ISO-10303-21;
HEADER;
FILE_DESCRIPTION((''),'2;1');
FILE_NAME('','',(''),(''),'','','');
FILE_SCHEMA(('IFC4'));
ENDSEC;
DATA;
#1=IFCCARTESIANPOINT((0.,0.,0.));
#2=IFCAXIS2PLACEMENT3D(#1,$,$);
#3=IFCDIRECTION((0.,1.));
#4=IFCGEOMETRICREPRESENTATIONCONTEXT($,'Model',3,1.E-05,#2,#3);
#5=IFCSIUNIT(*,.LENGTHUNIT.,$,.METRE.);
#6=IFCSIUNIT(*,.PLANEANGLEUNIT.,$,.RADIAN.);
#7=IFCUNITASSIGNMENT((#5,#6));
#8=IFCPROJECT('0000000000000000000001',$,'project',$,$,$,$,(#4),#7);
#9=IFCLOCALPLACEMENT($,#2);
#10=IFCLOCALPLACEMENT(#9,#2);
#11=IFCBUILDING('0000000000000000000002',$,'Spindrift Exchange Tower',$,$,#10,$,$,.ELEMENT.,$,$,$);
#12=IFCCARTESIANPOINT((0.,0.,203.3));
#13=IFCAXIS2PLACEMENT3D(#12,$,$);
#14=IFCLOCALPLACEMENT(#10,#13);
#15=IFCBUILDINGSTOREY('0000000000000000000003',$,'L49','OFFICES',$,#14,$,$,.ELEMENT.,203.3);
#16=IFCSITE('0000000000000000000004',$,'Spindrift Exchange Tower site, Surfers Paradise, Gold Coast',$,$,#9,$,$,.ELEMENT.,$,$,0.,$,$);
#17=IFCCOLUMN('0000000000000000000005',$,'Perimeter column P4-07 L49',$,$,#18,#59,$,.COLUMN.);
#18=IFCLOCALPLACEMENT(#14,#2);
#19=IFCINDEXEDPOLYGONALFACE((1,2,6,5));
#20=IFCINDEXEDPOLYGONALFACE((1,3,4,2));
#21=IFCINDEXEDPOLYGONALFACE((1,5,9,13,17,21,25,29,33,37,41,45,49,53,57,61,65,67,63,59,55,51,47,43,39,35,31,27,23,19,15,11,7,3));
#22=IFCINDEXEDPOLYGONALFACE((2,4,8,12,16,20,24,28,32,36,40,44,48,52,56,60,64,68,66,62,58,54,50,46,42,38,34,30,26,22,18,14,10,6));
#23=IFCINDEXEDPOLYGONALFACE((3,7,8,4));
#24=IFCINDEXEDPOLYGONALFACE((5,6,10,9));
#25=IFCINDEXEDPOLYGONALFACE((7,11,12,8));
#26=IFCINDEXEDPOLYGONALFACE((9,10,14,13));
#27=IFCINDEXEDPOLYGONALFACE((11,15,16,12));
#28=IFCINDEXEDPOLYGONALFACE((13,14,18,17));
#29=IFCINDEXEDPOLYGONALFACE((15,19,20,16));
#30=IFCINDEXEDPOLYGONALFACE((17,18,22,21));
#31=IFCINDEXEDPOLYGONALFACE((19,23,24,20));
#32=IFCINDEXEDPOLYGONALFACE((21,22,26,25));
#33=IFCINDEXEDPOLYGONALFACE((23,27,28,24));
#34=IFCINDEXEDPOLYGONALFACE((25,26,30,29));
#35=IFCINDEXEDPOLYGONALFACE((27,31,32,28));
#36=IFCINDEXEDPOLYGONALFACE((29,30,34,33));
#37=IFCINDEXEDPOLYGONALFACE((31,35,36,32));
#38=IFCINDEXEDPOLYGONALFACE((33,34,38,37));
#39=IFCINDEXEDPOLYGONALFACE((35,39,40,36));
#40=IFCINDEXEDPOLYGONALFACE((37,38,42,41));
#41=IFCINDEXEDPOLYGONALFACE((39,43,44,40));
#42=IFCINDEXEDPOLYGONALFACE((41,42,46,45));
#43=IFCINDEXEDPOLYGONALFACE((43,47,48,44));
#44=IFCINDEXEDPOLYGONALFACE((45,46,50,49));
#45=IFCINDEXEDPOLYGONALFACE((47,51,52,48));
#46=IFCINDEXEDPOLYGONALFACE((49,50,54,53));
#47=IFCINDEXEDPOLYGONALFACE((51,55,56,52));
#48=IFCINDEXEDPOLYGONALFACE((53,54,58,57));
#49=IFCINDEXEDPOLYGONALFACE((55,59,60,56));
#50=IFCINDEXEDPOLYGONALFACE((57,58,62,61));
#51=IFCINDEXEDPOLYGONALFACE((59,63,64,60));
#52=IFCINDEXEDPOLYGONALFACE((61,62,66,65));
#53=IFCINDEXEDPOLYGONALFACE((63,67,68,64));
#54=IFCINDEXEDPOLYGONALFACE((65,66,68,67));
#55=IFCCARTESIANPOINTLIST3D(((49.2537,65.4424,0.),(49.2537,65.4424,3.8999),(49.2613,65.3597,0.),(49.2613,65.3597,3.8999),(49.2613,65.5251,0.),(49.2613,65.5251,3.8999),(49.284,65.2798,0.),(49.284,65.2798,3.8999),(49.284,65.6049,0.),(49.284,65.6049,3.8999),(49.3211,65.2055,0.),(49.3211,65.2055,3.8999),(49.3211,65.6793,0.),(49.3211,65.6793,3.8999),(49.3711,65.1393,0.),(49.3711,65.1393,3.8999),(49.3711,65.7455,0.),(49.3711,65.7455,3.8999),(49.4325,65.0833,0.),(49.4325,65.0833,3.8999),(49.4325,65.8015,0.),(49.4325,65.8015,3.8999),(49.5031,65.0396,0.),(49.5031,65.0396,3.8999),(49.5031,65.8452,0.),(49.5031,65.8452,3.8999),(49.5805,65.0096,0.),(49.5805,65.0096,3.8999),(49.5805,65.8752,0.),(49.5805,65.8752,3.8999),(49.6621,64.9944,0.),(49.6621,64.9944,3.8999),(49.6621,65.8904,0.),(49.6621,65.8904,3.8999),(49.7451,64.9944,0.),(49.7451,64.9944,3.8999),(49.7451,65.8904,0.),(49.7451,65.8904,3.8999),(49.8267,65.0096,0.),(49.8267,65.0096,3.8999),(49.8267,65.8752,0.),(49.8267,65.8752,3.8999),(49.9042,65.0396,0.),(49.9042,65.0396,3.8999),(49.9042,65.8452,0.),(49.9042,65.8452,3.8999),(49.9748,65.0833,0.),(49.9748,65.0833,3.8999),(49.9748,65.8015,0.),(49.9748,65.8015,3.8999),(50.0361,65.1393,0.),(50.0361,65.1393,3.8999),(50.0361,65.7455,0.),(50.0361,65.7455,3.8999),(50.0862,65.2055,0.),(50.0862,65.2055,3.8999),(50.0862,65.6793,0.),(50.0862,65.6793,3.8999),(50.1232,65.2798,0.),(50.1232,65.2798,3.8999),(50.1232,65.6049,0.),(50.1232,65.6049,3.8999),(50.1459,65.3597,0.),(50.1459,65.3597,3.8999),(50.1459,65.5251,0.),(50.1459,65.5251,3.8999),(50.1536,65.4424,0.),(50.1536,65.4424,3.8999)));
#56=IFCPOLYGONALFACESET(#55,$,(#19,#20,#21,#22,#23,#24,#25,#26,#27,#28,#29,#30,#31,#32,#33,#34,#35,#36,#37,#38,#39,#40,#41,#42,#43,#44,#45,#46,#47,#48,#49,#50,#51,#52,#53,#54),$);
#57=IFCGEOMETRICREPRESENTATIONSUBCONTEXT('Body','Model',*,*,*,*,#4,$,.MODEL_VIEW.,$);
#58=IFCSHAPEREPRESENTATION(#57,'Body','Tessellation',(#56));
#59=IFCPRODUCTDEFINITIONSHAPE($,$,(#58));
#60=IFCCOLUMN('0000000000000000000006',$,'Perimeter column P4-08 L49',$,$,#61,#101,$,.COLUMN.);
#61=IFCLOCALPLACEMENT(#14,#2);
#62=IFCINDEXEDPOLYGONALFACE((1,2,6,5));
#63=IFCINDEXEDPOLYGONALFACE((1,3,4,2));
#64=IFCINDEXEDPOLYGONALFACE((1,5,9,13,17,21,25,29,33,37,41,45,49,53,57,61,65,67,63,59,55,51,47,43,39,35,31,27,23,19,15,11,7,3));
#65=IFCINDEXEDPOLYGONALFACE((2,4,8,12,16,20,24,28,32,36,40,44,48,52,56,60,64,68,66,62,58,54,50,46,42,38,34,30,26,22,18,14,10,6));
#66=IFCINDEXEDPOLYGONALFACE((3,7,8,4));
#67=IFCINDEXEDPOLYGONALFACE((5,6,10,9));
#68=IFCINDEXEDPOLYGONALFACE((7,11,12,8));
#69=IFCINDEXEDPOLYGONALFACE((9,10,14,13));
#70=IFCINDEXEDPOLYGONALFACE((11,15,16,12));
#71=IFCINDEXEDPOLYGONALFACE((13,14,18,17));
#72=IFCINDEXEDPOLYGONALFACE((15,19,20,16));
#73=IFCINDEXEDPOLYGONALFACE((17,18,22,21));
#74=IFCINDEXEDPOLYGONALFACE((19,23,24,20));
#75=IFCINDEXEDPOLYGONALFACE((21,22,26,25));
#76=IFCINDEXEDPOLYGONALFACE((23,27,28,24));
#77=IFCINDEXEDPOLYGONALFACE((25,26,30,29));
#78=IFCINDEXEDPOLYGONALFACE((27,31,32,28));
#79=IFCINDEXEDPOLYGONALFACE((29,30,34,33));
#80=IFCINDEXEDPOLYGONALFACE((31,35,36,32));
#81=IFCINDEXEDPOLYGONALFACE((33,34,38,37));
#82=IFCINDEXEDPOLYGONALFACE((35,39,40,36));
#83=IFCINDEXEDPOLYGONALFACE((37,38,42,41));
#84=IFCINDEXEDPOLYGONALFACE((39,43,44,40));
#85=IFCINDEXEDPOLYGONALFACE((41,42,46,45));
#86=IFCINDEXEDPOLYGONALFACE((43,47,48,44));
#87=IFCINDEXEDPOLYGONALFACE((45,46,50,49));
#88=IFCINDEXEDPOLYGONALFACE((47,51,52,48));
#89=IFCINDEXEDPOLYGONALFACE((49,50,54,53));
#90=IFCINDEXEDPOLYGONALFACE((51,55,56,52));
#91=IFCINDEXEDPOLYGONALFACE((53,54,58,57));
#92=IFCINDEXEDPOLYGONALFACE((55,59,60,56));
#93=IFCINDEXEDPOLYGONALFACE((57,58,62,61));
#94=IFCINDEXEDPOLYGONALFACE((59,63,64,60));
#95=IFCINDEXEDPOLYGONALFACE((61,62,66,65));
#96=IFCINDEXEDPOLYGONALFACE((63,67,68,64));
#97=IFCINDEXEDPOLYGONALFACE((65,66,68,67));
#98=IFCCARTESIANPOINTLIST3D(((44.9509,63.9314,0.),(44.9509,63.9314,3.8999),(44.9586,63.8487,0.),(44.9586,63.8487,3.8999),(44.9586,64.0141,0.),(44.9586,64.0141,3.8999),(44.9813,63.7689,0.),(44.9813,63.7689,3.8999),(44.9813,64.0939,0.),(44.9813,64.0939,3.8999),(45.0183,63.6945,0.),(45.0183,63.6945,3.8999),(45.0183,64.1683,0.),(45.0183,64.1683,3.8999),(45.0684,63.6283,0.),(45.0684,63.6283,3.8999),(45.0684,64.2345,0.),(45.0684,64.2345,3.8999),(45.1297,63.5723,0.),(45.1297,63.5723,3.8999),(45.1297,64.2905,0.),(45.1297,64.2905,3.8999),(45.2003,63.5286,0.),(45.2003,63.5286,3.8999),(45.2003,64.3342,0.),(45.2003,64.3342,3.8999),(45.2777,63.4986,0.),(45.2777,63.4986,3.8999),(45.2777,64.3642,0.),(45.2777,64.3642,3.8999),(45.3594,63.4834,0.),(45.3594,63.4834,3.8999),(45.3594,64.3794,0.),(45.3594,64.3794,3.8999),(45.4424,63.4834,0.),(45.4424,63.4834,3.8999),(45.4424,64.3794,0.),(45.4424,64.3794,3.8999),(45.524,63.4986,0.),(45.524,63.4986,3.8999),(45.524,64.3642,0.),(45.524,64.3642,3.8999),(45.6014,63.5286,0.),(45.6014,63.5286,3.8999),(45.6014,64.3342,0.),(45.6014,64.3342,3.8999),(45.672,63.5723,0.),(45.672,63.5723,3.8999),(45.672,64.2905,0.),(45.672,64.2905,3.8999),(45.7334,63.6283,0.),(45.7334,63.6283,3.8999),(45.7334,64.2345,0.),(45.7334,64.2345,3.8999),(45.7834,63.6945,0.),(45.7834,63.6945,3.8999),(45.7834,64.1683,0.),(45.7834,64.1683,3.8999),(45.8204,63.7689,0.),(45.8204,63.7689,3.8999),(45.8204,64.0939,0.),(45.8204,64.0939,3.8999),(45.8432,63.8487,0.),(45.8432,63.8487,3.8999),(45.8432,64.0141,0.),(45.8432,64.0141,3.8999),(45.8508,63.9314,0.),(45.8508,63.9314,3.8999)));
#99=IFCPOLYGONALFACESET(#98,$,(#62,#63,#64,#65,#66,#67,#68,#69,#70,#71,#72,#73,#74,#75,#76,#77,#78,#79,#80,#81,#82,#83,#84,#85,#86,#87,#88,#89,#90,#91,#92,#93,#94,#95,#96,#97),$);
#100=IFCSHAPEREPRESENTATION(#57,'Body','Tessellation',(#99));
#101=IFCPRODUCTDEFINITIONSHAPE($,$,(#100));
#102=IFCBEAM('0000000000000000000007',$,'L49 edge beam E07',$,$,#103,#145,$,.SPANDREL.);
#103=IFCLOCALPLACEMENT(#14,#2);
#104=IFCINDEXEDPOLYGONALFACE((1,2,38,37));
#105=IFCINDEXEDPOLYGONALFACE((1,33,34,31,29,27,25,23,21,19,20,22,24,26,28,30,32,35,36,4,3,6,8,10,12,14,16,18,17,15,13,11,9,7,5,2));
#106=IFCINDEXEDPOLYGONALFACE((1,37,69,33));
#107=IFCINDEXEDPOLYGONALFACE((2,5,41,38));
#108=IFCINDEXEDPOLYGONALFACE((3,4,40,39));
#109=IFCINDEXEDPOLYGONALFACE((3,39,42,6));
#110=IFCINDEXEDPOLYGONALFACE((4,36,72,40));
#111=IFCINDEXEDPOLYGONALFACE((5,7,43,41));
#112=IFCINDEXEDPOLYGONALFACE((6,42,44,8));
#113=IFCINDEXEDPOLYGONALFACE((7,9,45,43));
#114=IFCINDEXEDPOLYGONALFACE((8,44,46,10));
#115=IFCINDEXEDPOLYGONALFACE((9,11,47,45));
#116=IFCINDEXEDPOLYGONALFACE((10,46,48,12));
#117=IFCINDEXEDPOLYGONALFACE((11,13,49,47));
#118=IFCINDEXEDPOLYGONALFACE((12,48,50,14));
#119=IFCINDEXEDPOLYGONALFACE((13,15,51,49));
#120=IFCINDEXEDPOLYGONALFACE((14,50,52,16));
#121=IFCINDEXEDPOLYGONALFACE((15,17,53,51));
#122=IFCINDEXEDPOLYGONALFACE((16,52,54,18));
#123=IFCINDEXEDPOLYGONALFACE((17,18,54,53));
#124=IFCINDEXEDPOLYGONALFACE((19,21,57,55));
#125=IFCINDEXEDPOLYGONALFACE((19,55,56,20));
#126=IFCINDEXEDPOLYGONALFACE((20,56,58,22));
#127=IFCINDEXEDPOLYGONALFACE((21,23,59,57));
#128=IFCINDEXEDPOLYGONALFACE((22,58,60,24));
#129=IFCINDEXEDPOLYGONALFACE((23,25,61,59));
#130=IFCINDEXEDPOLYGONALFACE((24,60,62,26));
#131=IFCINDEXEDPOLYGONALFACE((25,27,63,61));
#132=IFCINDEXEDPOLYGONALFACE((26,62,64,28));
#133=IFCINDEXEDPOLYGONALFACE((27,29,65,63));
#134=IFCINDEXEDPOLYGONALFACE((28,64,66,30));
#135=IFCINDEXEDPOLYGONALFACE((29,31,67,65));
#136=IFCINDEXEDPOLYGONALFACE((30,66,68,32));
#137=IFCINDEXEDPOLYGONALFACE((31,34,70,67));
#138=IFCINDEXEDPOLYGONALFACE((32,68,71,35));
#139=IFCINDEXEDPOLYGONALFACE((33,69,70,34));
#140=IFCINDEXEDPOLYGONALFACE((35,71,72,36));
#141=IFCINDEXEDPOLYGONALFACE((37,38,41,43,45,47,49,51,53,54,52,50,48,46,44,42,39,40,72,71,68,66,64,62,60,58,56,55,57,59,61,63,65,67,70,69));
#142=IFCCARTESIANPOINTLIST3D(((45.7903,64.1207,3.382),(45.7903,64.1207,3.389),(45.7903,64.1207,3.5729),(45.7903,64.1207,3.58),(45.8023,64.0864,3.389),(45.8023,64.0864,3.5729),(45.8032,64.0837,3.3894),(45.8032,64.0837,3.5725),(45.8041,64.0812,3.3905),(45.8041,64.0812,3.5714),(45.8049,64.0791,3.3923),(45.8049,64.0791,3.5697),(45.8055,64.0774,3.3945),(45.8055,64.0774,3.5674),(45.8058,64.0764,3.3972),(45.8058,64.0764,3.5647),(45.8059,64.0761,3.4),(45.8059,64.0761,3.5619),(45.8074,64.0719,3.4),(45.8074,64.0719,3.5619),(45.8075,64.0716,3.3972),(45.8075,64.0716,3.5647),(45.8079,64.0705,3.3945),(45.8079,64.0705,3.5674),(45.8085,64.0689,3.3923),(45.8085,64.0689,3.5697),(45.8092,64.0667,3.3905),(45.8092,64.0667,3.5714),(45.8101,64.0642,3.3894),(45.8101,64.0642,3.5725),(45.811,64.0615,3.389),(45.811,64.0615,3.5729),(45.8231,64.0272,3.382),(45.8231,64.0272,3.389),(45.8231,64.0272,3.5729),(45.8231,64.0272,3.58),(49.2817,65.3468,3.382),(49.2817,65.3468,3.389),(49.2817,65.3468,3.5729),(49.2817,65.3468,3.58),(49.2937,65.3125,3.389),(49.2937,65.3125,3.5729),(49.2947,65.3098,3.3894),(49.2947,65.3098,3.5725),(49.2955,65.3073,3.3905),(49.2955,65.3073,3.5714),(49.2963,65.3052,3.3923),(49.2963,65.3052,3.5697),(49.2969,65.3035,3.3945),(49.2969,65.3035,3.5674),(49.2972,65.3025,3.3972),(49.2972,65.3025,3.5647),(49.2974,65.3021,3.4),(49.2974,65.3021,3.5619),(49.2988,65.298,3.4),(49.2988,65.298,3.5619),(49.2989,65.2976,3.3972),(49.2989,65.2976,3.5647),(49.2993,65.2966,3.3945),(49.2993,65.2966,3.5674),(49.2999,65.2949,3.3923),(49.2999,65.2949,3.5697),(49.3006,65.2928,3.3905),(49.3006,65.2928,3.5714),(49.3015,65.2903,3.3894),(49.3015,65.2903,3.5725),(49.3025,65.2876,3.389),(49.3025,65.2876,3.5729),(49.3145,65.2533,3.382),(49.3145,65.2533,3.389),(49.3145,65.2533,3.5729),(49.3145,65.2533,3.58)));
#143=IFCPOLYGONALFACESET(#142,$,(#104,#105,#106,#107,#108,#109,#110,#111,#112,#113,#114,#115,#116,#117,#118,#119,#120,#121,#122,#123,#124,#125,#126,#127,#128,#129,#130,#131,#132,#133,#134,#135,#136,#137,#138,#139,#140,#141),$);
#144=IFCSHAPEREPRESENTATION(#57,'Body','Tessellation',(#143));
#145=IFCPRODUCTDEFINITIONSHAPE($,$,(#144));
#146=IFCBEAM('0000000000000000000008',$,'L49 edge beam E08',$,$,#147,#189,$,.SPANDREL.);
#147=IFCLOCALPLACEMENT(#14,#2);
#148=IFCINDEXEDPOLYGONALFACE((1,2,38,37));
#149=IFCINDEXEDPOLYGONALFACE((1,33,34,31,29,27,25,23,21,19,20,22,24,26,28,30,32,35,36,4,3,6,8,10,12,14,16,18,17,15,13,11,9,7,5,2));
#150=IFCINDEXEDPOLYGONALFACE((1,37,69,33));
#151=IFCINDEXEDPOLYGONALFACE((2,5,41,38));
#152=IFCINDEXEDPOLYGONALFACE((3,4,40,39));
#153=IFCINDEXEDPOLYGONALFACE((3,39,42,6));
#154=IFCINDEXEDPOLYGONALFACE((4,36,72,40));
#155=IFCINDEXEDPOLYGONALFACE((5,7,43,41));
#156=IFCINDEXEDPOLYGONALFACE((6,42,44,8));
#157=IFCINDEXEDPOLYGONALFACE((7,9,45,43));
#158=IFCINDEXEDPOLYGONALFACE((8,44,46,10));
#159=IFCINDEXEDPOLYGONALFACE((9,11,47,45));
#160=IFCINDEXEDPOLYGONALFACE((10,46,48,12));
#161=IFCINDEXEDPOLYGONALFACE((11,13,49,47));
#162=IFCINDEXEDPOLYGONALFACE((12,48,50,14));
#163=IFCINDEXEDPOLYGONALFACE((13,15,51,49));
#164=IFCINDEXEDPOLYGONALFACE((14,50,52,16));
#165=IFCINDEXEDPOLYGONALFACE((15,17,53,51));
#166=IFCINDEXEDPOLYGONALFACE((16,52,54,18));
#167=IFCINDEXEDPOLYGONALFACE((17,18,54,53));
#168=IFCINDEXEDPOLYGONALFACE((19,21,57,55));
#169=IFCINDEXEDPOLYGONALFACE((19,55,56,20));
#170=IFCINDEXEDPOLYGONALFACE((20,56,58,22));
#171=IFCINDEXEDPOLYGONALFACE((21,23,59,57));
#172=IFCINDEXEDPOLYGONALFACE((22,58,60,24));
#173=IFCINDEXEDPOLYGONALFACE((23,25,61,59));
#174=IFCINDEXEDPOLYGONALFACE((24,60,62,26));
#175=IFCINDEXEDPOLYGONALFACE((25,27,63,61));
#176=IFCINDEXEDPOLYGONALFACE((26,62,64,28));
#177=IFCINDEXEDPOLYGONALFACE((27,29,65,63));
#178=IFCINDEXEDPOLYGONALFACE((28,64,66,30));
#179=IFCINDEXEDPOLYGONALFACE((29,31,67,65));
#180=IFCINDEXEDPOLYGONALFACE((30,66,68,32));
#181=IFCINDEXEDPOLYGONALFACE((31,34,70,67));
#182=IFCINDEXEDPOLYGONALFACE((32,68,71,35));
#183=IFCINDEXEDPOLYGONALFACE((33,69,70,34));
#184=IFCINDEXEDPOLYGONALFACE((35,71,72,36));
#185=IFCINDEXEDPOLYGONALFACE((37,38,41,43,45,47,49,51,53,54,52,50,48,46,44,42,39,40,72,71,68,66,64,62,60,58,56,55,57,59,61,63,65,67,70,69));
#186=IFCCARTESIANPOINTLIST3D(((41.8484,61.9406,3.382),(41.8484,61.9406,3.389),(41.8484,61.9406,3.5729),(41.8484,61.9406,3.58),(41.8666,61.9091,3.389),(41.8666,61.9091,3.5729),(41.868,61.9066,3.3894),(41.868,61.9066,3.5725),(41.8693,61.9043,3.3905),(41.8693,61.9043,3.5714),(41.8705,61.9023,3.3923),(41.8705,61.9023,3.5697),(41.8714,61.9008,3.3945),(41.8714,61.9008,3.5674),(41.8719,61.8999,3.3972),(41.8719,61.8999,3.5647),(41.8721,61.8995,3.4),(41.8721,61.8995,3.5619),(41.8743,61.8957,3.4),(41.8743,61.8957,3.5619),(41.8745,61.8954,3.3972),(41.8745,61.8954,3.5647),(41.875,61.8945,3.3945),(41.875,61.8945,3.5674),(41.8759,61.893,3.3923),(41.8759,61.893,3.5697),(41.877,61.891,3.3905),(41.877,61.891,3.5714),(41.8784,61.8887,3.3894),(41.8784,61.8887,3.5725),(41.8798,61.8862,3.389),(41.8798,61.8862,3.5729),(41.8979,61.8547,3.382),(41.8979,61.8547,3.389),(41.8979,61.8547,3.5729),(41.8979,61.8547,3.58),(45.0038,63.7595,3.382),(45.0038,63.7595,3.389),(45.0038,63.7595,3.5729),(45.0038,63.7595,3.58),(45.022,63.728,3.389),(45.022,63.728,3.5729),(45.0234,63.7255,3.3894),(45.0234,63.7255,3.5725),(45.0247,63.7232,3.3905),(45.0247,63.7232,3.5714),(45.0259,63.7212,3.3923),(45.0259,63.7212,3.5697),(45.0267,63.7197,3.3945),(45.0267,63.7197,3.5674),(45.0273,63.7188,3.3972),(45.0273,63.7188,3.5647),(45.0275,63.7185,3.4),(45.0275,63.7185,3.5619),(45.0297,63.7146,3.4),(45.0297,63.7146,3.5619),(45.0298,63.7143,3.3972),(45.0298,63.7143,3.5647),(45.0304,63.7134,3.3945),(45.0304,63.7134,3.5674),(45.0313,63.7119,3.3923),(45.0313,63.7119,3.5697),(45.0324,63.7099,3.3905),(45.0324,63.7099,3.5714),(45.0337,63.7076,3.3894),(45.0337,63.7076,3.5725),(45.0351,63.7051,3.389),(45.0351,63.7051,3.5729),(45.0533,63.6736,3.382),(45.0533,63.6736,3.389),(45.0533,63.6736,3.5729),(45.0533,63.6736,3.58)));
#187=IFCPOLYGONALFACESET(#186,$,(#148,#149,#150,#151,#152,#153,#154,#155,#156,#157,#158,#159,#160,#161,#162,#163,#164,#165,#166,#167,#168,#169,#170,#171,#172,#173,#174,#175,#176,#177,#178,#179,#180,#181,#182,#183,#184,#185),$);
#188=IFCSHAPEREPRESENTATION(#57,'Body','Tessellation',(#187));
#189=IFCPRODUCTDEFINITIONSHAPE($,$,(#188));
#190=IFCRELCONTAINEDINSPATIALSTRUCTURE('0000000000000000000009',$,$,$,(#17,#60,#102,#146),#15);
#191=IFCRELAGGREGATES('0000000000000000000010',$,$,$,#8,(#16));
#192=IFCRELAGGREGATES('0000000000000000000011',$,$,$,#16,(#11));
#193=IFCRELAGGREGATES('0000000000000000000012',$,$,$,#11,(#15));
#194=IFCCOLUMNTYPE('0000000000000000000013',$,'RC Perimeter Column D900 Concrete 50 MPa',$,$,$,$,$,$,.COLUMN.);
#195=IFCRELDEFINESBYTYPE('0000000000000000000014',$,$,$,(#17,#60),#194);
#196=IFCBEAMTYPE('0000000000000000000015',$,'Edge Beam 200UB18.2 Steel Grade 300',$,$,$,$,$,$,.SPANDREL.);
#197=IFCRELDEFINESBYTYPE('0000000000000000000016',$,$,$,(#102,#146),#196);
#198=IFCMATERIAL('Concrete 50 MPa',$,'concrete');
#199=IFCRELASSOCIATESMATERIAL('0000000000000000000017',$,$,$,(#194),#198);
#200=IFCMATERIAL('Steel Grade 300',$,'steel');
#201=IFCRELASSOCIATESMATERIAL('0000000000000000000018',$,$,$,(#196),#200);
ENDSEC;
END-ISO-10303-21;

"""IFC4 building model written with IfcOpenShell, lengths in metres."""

from ifc_helpers import new_model, si_unit, direction, frame, origin, origin_2d, place, context, subcontext, project, spatial, circle, i_section, extrude, source, transform, mapped, material, material_profile, profile_set, type_object, element, save


model = new_model("IFC4")

# Units and contexts
model_context = context("Model", 3, precision=1e-05, world=origin(), true_north=direction((0.0, 1.0)))
body_context = subcontext(model_context, "Body", "Model", "MODEL_VIEW")
ifc_project = project(units=[si_unit("LENGTHUNIT", "METRE"), si_unit("PLANEANGLEUNIT", "RADIAN")], contexts=[model_context])

# Site, building, storey
site_placement = place(None, origin())
site = spatial("IfcSite", under=ifc_project, at=site_placement, Name="Spindrift Exchange Tower site, Surfers Paradise, Gold Coast", CompositionType="ELEMENT", RefElevation=0.0)
building_placement = place(site_placement, origin())
building = spatial("IfcBuilding", under=site, at=building_placement, Name="Spindrift Exchange Tower", CompositionType="ELEMENT")
storey_placement = place(building_placement, frame((0.0, 0.0, 203.3)))
storey = spatial("IfcBuildingStorey", under=building, at=storey_placement, Name="L49", Description="OFFICES", CompositionType="ELEMENT", Elevation=203.3)

# Columns
ifc_material_1 = material(Name="Concrete 50 MPa", Category="concrete")
ifc_material_profile_1 = material_profile(ifc_material_1, circle(Radius=0.45, at=origin_2d()), Name="RC D900")
ifc_profile_set_1 = profile_set([ifc_material_profile_1], Name="Concrete 50 MPa")
column_type = type_object("IfcColumnType", Name="RC Perimeter Column D900 Concrete 50 MPa", PredefinedType="COLUMN", material=ifc_profile_set_1)
shared_shape_1 = source(origin(), body_context, "Body", "SweptSolid", [
    extrude(circle(Radius=0.45, at=origin_2d()), origin(), (0.0, 0.0, 1.0), 3.8999),
])
for number, where, z_axis, x_axis, name in (
    (1, (49.7036, 65.4424, 0.0), (0.0, 0.0, 1.0), (1.0, 0.0, 0.0), "Perimeter column P4-07 L49"),
    (2, (45.4009, 63.9314, 0.0), (0.0, 0.0, 1.0), (1.0, 0.0, 0.0), "Perimeter column P4-08 L49"),
):
    element("IfcColumn", number, at=place(storey_placement, frame(where, z_axis=z_axis, x_axis=x_axis)), inside=storey, type_object=column_type, Name=name, PredefinedType="COLUMN", context=body_context, shape_type="MappedRepresentation", body=[
        mapped(shared_shape_1, transform((0.0, 0.0, 0.0), scale=1.0)),
    ])

# Beams
ifc_material_2 = material(Name="Steel Grade 300", Category="steel")
ifc_material_profile_2 = material_profile(ifc_material_2, i_section(OverallWidth=0.0991, OverallDepth=0.198, WebThickness=0.0044, FlangeThickness=0.0071, FilletRadius=0.011, at=origin_2d()), Name="200UB18.2")
ifc_profile_set_2 = profile_set([ifc_material_profile_2], Name="Steel Grade 300")
beam_type_1 = type_object("IfcBeamType", Name="Edge Beam 200UB18.2 Steel Grade 300", PredefinedType="SPANDREL", material=ifc_profile_set_2)
shared_shape_2 = source(origin(), body_context, "Body", "SweptSolid", [
    extrude(i_section(OverallWidth=0.0991, OverallDepth=0.198, WebThickness=0.0044, FlangeThickness=0.0071, FilletRadius=0.011, at=origin_2d()), origin(), (0.0, 0.0, 1.0), 3.7004),
])
beam_1_placement = place(storey_placement, frame((49.2981, 65.3, 3.481), z_axis=(-0.943515, -0.331329, 0.0), x_axis=(0.331329, -0.943515, 0.0)))
element("IfcBeam", 3, at=beam_1_placement, inside=storey, type_object=beam_type_1, Name="L49 edge beam E07", PredefinedType="SPANDREL", context=body_context, shape_type="MappedRepresentation", body=[
    mapped(shared_shape_2, transform((0.0, 0.0, 0.0), scale=1.0)),
])
shared_shape_3 = source(origin(), body_context, "Body", "SweptSolid", [
    extrude(i_section(OverallWidth=0.0991, OverallDepth=0.198, WebThickness=0.0044, FlangeThickness=0.0071, FilletRadius=0.011, at=origin_2d()), origin(), (0.0, 0.0, 1.0), 3.6421),
])
beam_2_placement = place(storey_placement, frame((45.0286, 63.7166, 3.481), z_axis=(-0.866364, -0.499413, 0.0), x_axis=(0.499413, -0.866364, 0.0)))
element("IfcBeam", 4, at=beam_2_placement, inside=storey, type_object=beam_type_1, Name="L49 edge beam E08", PredefinedType="SPANDREL", context=body_context, shape_type="MappedRepresentation", body=[
    mapped(shared_shape_3, transform((0.0, 0.0, 0.0), scale=1.0)),
])

save(model, "model.ifc")
